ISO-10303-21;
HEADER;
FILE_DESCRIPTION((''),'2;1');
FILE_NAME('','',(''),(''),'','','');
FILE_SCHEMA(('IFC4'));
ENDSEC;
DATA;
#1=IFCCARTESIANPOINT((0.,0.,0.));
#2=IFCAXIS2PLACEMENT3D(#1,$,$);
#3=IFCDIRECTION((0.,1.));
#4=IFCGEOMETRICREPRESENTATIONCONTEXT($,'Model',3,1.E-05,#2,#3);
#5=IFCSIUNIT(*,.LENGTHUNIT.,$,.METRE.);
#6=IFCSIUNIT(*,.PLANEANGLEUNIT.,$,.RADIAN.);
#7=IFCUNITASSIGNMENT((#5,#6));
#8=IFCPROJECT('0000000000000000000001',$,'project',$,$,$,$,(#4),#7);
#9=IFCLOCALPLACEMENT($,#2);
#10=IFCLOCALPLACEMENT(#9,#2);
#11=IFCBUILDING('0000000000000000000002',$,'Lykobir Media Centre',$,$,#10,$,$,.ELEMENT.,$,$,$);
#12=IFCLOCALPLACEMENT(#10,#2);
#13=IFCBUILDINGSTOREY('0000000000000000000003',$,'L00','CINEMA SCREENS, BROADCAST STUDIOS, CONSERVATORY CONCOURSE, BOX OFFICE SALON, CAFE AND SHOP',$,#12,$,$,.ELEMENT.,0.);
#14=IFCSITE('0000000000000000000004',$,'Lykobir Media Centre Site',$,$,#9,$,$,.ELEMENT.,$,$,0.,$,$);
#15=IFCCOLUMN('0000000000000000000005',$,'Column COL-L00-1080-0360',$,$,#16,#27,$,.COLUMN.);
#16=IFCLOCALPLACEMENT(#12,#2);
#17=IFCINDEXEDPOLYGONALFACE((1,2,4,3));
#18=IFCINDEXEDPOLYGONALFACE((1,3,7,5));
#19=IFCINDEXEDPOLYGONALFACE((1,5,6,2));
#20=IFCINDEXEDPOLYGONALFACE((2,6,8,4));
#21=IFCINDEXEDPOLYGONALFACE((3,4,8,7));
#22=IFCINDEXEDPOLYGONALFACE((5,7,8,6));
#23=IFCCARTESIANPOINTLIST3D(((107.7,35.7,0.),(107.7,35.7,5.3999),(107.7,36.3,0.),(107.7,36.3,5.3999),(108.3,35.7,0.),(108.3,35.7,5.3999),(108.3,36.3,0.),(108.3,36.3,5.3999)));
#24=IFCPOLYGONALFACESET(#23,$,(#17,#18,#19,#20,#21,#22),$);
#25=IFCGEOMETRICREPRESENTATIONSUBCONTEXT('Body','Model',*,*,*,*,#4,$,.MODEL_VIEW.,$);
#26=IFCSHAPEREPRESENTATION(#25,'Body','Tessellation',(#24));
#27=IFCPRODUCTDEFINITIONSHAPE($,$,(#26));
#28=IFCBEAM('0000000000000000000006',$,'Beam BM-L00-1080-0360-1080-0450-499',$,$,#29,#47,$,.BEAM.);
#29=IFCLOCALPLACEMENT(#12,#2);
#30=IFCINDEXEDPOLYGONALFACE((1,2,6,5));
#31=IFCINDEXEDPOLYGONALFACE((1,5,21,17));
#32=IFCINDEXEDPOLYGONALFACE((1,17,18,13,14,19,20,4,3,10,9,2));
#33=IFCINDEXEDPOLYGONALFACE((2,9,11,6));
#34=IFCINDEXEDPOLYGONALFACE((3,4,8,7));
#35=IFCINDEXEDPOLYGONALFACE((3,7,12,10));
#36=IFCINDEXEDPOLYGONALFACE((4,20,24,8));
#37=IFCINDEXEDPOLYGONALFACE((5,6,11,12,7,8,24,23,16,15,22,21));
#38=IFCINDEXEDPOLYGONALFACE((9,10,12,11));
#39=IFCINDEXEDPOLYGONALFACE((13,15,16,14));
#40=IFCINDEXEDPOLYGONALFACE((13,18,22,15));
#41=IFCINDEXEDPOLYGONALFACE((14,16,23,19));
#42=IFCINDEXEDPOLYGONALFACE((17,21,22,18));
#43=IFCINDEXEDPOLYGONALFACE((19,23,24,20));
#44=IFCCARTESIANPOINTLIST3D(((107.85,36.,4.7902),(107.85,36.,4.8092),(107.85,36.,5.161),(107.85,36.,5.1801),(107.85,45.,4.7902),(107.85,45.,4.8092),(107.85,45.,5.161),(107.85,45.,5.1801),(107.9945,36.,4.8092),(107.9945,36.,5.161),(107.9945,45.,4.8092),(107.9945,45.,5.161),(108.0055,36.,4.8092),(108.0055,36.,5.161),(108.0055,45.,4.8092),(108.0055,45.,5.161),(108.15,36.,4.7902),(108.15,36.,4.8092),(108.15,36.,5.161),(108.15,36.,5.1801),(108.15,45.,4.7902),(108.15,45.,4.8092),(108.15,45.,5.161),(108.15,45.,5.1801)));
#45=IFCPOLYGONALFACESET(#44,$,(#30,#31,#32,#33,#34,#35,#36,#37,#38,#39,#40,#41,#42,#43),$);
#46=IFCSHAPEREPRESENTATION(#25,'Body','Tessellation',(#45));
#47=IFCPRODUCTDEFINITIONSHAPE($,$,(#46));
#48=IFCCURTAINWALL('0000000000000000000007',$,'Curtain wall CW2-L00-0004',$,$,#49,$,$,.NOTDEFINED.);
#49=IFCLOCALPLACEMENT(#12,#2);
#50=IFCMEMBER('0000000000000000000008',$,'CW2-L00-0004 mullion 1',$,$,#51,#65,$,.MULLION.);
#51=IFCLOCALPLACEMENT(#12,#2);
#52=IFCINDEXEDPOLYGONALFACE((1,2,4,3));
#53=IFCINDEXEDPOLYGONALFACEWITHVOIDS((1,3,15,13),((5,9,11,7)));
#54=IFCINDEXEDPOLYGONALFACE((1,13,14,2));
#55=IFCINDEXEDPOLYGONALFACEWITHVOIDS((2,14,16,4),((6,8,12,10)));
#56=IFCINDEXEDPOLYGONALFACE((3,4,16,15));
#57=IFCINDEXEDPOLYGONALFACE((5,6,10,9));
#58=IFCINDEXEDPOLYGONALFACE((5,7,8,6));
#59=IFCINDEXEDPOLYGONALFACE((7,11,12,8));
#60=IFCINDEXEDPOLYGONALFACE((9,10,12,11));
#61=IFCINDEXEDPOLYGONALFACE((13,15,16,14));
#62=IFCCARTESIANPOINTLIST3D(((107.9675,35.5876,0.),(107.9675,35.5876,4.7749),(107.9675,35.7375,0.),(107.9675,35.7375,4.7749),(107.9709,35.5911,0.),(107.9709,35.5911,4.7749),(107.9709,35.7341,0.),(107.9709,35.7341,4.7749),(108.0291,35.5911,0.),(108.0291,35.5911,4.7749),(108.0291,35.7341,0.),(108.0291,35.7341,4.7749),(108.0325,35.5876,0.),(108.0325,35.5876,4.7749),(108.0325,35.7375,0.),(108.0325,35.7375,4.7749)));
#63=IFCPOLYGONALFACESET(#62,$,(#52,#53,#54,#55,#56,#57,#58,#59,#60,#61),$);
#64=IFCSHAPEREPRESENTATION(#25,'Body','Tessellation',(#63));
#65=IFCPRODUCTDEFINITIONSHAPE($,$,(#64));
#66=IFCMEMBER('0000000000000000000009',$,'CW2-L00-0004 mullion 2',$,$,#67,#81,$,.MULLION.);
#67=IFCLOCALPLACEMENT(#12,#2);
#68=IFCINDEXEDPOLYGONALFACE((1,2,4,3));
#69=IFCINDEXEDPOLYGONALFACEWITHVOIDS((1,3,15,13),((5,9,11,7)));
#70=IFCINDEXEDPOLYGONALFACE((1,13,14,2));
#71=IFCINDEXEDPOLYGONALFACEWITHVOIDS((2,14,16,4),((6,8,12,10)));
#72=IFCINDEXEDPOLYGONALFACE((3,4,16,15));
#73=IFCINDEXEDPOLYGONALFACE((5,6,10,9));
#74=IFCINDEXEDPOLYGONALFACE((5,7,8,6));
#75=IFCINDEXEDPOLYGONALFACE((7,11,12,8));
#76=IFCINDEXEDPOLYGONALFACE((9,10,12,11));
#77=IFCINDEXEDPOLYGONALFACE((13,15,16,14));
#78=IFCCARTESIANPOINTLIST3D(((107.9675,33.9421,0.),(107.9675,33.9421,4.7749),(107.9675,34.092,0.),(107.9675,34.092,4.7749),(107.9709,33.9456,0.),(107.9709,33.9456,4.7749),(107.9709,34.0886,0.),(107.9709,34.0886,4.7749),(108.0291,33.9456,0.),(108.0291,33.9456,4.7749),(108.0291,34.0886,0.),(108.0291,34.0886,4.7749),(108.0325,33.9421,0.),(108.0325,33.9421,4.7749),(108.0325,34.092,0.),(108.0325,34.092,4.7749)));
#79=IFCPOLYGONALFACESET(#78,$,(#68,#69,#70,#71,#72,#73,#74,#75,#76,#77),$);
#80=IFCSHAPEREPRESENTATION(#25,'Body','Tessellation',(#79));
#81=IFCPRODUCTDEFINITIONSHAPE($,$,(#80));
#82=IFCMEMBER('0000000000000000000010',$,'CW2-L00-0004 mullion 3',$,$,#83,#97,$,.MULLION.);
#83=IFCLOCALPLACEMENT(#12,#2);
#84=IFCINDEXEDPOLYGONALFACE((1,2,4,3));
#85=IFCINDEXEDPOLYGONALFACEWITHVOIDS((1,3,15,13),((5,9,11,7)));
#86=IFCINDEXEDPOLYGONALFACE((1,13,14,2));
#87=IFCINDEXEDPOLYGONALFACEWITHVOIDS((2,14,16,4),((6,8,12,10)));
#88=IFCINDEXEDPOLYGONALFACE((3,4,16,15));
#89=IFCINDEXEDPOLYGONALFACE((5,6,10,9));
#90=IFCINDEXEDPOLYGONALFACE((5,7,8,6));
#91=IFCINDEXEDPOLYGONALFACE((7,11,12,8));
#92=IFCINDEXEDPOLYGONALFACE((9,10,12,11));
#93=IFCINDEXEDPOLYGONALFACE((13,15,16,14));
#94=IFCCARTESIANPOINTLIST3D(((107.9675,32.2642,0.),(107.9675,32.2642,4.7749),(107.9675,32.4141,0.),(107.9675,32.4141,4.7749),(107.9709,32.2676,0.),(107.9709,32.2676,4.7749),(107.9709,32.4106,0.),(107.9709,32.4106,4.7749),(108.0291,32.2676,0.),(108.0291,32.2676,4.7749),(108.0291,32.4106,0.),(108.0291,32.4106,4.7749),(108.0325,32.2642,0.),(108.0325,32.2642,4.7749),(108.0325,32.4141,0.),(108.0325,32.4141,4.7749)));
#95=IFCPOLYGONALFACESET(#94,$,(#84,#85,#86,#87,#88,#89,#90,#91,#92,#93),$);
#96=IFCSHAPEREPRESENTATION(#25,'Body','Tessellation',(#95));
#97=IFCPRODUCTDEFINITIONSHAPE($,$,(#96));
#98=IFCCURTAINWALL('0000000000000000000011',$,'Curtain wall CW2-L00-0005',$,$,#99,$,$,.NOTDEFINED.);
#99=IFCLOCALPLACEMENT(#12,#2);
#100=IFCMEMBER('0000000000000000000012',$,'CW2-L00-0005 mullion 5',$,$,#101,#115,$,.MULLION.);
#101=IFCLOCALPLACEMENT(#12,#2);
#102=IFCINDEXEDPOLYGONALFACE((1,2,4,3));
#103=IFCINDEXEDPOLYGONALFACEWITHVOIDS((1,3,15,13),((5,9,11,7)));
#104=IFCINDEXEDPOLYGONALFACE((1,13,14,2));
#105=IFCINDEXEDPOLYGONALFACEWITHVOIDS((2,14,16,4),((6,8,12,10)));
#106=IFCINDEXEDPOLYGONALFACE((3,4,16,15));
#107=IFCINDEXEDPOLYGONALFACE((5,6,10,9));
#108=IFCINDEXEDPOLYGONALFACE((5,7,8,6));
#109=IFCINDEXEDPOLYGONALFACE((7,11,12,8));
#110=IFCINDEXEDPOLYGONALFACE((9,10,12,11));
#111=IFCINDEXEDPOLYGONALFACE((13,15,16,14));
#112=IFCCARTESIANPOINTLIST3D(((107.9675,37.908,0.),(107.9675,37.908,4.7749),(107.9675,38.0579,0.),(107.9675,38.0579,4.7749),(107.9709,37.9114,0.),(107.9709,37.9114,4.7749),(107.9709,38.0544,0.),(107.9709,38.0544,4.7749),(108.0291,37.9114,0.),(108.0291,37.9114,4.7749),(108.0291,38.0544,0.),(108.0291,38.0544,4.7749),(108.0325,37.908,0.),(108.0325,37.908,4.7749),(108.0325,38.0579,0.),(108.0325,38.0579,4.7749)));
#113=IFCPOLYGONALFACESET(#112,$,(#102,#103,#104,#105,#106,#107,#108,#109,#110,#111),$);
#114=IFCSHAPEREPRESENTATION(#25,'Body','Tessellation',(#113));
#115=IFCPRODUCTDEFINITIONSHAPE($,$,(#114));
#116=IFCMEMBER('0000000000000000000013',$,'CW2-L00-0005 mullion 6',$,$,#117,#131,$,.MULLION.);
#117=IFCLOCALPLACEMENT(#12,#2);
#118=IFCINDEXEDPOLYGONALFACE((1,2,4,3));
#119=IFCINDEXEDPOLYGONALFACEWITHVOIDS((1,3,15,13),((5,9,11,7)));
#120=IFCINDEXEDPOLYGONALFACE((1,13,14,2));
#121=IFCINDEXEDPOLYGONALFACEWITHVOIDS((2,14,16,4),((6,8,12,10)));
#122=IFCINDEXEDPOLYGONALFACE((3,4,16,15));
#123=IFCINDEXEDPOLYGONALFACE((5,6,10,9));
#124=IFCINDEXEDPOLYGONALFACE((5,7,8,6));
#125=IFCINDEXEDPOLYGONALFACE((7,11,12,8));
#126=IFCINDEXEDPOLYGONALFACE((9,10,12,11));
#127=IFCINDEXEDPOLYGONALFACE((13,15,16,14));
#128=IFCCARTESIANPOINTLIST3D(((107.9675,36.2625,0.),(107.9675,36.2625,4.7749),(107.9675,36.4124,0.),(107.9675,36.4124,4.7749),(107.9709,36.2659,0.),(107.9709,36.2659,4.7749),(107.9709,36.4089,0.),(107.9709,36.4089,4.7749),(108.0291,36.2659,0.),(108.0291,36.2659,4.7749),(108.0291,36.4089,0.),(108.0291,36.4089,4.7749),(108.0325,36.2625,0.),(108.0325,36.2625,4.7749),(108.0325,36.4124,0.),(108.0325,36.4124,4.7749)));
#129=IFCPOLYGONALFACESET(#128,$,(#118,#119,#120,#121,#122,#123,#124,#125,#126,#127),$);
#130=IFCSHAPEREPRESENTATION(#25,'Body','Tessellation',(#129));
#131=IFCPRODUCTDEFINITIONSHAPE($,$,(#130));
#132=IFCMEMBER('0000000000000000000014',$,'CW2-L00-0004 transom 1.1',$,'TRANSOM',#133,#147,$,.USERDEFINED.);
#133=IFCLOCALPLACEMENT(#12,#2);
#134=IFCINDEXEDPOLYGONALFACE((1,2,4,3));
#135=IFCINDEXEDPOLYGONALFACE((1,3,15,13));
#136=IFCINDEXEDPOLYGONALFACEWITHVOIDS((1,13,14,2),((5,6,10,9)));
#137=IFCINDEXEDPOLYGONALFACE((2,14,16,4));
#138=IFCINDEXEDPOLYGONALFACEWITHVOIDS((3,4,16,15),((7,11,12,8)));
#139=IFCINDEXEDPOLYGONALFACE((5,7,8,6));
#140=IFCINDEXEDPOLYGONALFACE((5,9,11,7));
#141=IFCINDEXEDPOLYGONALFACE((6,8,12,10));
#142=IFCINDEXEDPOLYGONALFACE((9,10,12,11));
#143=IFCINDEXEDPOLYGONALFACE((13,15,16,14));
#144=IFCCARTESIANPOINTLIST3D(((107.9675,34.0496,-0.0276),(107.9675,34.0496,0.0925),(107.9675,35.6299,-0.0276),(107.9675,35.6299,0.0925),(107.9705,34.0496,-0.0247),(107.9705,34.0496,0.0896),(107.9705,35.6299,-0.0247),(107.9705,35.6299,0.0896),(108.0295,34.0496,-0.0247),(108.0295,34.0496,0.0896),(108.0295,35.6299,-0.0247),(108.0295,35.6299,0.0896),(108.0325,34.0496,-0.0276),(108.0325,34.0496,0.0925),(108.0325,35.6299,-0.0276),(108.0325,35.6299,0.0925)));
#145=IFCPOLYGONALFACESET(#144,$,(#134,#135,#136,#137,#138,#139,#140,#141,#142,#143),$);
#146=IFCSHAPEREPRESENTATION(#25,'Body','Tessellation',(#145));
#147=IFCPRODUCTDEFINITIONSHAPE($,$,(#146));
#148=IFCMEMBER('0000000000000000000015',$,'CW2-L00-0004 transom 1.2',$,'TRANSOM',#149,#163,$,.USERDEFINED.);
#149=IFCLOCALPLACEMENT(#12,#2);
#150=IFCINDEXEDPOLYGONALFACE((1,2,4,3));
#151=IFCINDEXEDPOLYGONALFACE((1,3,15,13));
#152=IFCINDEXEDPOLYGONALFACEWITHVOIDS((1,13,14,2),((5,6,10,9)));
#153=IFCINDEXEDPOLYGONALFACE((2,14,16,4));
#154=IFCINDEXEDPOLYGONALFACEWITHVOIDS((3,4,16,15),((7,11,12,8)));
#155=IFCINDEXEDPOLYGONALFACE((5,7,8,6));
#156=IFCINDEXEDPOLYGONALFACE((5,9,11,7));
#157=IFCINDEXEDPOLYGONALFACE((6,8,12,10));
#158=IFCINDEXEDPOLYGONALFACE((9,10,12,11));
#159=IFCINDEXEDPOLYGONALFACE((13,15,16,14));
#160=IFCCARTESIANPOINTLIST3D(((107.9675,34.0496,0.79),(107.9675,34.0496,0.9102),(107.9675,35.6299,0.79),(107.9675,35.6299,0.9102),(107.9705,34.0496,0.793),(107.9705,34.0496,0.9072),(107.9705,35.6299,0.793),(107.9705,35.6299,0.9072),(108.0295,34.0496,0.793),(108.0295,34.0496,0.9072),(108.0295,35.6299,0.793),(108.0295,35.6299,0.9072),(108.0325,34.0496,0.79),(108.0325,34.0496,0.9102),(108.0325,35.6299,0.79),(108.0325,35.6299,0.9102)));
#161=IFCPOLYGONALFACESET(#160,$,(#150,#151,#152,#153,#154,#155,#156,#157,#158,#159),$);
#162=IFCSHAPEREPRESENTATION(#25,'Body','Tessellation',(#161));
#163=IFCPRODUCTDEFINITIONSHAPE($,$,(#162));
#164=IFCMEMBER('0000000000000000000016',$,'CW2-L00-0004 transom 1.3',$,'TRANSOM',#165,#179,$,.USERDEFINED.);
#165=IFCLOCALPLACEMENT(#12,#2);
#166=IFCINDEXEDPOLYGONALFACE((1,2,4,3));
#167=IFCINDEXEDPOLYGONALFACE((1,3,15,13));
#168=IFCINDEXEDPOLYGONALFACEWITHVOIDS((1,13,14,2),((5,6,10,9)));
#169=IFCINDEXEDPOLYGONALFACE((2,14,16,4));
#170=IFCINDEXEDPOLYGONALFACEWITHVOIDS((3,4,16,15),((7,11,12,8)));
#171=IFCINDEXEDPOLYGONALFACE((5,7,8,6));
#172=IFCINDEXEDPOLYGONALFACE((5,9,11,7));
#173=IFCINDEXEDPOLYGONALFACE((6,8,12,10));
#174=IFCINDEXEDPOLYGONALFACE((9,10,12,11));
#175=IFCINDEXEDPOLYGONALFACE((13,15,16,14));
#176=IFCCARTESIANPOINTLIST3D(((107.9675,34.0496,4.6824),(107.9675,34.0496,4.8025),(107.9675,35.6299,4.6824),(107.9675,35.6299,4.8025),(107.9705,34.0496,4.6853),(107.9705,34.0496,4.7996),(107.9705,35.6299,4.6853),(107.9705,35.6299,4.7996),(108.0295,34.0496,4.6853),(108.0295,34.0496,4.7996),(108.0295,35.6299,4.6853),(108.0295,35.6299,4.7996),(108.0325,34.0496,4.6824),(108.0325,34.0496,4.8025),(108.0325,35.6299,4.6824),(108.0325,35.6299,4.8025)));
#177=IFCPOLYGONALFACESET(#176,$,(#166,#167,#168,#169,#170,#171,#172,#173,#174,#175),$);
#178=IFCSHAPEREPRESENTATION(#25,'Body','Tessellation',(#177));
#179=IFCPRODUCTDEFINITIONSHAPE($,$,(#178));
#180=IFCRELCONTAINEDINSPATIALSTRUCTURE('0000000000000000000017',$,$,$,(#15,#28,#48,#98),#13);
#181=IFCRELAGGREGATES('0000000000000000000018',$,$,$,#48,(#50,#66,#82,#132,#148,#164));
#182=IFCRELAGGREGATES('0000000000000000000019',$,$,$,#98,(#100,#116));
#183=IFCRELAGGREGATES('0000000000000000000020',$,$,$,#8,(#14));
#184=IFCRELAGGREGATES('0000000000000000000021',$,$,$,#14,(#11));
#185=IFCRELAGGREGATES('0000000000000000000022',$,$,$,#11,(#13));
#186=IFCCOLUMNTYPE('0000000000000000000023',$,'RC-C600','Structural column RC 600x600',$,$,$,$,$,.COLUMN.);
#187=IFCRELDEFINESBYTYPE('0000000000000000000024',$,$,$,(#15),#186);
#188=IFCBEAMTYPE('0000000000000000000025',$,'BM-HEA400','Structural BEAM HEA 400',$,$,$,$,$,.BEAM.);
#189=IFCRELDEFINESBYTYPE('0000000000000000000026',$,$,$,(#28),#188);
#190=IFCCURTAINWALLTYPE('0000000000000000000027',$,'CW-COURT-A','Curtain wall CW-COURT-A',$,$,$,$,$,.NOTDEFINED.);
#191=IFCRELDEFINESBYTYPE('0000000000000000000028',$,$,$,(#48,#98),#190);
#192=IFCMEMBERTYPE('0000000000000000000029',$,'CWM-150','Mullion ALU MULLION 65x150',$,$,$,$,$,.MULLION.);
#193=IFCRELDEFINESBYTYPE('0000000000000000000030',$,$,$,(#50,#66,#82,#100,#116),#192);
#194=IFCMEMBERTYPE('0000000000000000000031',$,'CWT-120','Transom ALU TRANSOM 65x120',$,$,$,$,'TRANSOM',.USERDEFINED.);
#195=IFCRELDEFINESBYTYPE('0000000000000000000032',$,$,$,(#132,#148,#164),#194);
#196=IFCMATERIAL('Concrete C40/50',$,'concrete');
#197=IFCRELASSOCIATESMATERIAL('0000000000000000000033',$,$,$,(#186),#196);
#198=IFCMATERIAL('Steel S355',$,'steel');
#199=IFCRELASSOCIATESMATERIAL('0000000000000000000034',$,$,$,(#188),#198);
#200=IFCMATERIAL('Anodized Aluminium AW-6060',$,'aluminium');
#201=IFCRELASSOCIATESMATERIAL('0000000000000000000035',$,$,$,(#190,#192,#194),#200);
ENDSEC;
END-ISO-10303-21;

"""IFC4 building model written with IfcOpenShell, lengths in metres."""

from ifc_helpers import new_model, si_unit, direction, frame, origin, origin_2d, place, context, subcontext, project, spatial, rectangle, hollow_rectangle, i_section, extrude, material, material_profile, profile_set, type_object, element, aggregate, save


model = new_model("IFC4")

# Units and contexts
model_context = context("Model", 3, precision=1e-05, world=origin(), true_north=direction((0.0, 1.0)))
body_context = subcontext(model_context, "Body", "Model", "MODEL_VIEW")
ifc_project = project(units=[si_unit("LENGTHUNIT", "METRE"), si_unit("PLANEANGLEUNIT", "RADIAN")], contexts=[model_context])

# Site, building, storey
site_placement = place(None, origin())
site = spatial("IfcSite", under=ifc_project, at=site_placement, Name="Lykobir Media Centre Site", CompositionType="ELEMENT", RefElevation=0.0)
building_placement = place(site_placement, origin())
building = spatial("IfcBuilding", under=site, at=building_placement, Name="Lykobir Media Centre", CompositionType="ELEMENT")
storey_placement = place(building_placement, origin())
storey = spatial("IfcBuildingStorey", under=building, at=storey_placement, Name="L00", Description="CINEMA SCREENS, BROADCAST STUDIOS, CONSERVATORY CONCOURSE, BOX OFFICE SALON, CAFE AND SHOP", CompositionType="ELEMENT", Elevation=0.0)

# Column
ifc_material_1 = material(Name="Concrete C40/50", Category="concrete")
ifc_material_profile_1 = material_profile(ifc_material_1, rectangle(XDim=0.6001, YDim=0.6001, at=origin_2d()), Name="RC 600x600")
ifc_profile_set_1 = profile_set([ifc_material_profile_1], Name="Concrete C40/50")
column_type = type_object("IfcColumnType", Name="RC-C600", Description="Structural column RC 600x600", PredefinedType="COLUMN", material=ifc_profile_set_1)
column_placement = place(storey_placement, frame((108.0, 36.0, 0.0), z_axis=(0.0, 0.0, 1.0), x_axis=(1.0, 0.0, 0.0)))
element("IfcColumn", 1, at=column_placement, inside=storey, type_object=column_type, Name="Column COL-L00-1080-0360", PredefinedType="COLUMN", context=body_context, shape_type="SweptSolid", body=[
    extrude(rectangle(XDim=0.6001, YDim=0.6001, at=origin_2d()), origin(), (0.0, 0.0, 1.0), 5.3999),
])

# Beam
ifc_material_2 = material(Name="Steel S355", Category="steel")
ifc_material_profile_2 = material_profile(ifc_material_2, i_section(OverallWidth=0.3, OverallDepth=0.3899, WebThickness=0.011, FlangeThickness=0.019, at=origin_2d()), Name="HEA 400")
ifc_profile_set_2 = profile_set([ifc_material_profile_2], Name="Steel S355")
beam_type = type_object("IfcBeamType", Name="BM-HEA400", Description="Structural BEAM HEA 400", PredefinedType="BEAM", material=ifc_profile_set_2)
beam_placement = place(storey_placement, frame((108.0, 36.0, 4.9851), z_axis=(0.0, 1.0, 0.0), x_axis=(-1.0, 0.0, 0.0)))
element("IfcBeam", 2, at=beam_placement, inside=storey, type_object=beam_type, Name="Beam BM-L00-1080-0360-1080-0450-499", PredefinedType="BEAM", context=body_context, shape_type="SweptSolid", body=[
    extrude(i_section(OverallWidth=0.3, OverallDepth=0.3899, WebThickness=0.011, FlangeThickness=0.019, at=origin_2d()), origin(), (0.0, 0.0, 1.0), 9.0),
])

# Curtain walls, members
ifc_material_3 = material(Name="Anodized Aluminium AW-6060", Category="aluminium")
curtain_wall_type = type_object("IfcCurtainWallType", Name="CW-COURT-A", Description="Curtain wall CW-COURT-A", PredefinedType="NOTDEFINED", material=ifc_material_3)
curtain_wall_1_placement = place(storey_placement, origin())
curtain_wall_1 = element("IfcCurtainWall", 3, at=curtain_wall_1_placement, inside=storey, type_object=curtain_wall_type, Name="Curtain wall CW2-L00-0004", PredefinedType="NOTDEFINED")
ifc_material_profile_3 = material_profile(ifc_material_3, hollow_rectangle(XDim=0.0649, YDim=0.1499, WallThickness=0.0034, at=origin_2d()), Name="ALU MULLION 65x150")
ifc_profile_set_3 = profile_set([ifc_material_profile_3], Name="Anodized Aluminium AW-6060")
member_type_1 = type_object("IfcMemberType", Name="CWM-150", Description="Mullion ALU MULLION 65x150", PredefinedType="MULLION", material=ifc_profile_set_3)
member_1_placement = place(storey_placement, frame((108.0, 35.6626, 0.0), z_axis=(0.0, 0.0, 1.0), x_axis=(1.0, 0.0, 0.0)))
member_1 = element("IfcMember", 4, at=member_1_placement, type_object=member_type_1, Name="CW2-L00-0004 mullion 1", PredefinedType="MULLION", context=body_context, shape_type="SweptSolid", body=[
    extrude(hollow_rectangle(XDim=0.0649, YDim=0.1499, WallThickness=0.0034, at=origin_2d()), origin(), (0.0, 0.0, 1.0), 4.7749),
])
member_2_placement = place(storey_placement, frame((108.0, 34.0171, 0.0), z_axis=(0.0, 0.0, 1.0), x_axis=(1.0, 0.0, 0.0)))
member_2 = element("IfcMember", 5, at=member_2_placement, type_object=member_type_1, Name="CW2-L00-0004 mullion 2", PredefinedType="MULLION", context=body_context, shape_type="SweptSolid", body=[
    extrude(hollow_rectangle(XDim=0.0649, YDim=0.1499, WallThickness=0.0034, at=origin_2d()), origin(), (0.0, 0.0, 1.0), 4.7749),
])
member_3_placement = place(storey_placement, frame((108.0, 32.3391, 0.0), z_axis=(0.0, 0.0, 1.0), x_axis=(1.0, 0.0, 0.0)))
member_3 = element("IfcMember", 6, at=member_3_placement, type_object=member_type_1, Name="CW2-L00-0004 mullion 3", PredefinedType="MULLION", context=body_context, shape_type="SweptSolid", body=[
    extrude(hollow_rectangle(XDim=0.0649, YDim=0.1499, WallThickness=0.0034, at=origin_2d()), origin(), (0.0, 0.0, 1.0), 4.7749),
])
curtain_wall_2_placement = place(storey_placement, origin())
curtain_wall_2 = element("IfcCurtainWall", 7, at=curtain_wall_2_placement, inside=storey, type_object=curtain_wall_type, Name="Curtain wall CW2-L00-0005", PredefinedType="NOTDEFINED")
member_4_placement = place(storey_placement, frame((108.0, 37.9829, 0.0), z_axis=(0.0, 0.0, 1.0), x_axis=(1.0, 0.0, 0.0)))
member_4 = element("IfcMember", 8, at=member_4_placement, type_object=member_type_1, Name="CW2-L00-0005 mullion 5", PredefinedType="MULLION", context=body_context, shape_type="SweptSolid", body=[
    extrude(hollow_rectangle(XDim=0.0649, YDim=0.1499, WallThickness=0.0034, at=origin_2d()), origin(), (0.0, 0.0, 1.0), 4.7749),
])
member_5_placement = place(storey_placement, frame((108.0, 36.3374, 0.0), z_axis=(0.0, 0.0, 1.0), x_axis=(1.0, 0.0, 0.0)))
member_5 = element("IfcMember", 9, at=member_5_placement, type_object=member_type_1, Name="CW2-L00-0005 mullion 6", PredefinedType="MULLION", context=body_context, shape_type="SweptSolid", body=[
    extrude(hollow_rectangle(XDim=0.0649, YDim=0.1499, WallThickness=0.0034, at=origin_2d()), origin(), (0.0, 0.0, 1.0), 4.7749),
])

# Members
ifc_material_profile_4 = material_profile(ifc_material_3, hollow_rectangle(XDim=0.0649, YDim=0.1201, WallThickness=0.0029, at=origin_2d()), Name="ALU TRANSOM 65x120")
ifc_profile_set_4 = profile_set([ifc_material_profile_4], Name="Anodized Aluminium AW-6060")
member_type_2 = type_object("IfcMemberType", Name="CWT-120", Description="Transom ALU TRANSOM 65x120", ElementType="TRANSOM", PredefinedType="USERDEFINED", material=ifc_profile_set_4)
member_6_placement = place(storey_placement, frame((108.0, 35.6299, 0.0325), z_axis=(0.0, -1.0, 0.0), x_axis=(1.0, 0.0, 0.0)))
member_6 = element("IfcMember", 10, at=member_6_placement, type_object=member_type_2, Name="CW2-L00-0004 transom 1.1", ObjectType="TRANSOM", PredefinedType="USERDEFINED", context=body_context, shape_type="SweptSolid", body=[
    extrude(hollow_rectangle(XDim=0.0649, YDim=0.1201, WallThickness=0.0029, at=origin_2d()), origin(), (0.0, 0.0, 1.0), 1.5803),
])
member_7_placement = place(storey_placement, frame((108.0, 35.6299, 0.8501), z_axis=(0.0, -1.0, 0.0), x_axis=(1.0, 0.0, 0.0)))
member_7 = element("IfcMember", 11, at=member_7_placement, type_object=member_type_2, Name="CW2-L00-0004 transom 1.2", ObjectType="TRANSOM", PredefinedType="USERDEFINED", context=body_context, shape_type="SweptSolid", body=[
    extrude(hollow_rectangle(XDim=0.0649, YDim=0.1201, WallThickness=0.0029, at=origin_2d()), origin(), (0.0, 0.0, 1.0), 1.5803),
])
member_8_placement = place(storey_placement, frame((108.0, 35.6299, 4.7424), z_axis=(0.0, -1.0, 0.0), x_axis=(1.0, 0.0, 0.0)))
member_8 = element("IfcMember", 12, at=member_8_placement, type_object=member_type_2, Name="CW2-L00-0004 transom 1.3", ObjectType="TRANSOM", PredefinedType="USERDEFINED", context=body_context, shape_type="SweptSolid", body=[
    extrude(hollow_rectangle(XDim=0.0649, YDim=0.1201, WallThickness=0.0029, at=origin_2d()), origin(), (0.0, 0.0, 1.0), 1.5803),
])

aggregate(curtain_wall_1, [member_1, member_2, member_3, member_6, member_7, member_8])
aggregate(curtain_wall_2, [member_4, member_5])

save(model, "model.ifc")
